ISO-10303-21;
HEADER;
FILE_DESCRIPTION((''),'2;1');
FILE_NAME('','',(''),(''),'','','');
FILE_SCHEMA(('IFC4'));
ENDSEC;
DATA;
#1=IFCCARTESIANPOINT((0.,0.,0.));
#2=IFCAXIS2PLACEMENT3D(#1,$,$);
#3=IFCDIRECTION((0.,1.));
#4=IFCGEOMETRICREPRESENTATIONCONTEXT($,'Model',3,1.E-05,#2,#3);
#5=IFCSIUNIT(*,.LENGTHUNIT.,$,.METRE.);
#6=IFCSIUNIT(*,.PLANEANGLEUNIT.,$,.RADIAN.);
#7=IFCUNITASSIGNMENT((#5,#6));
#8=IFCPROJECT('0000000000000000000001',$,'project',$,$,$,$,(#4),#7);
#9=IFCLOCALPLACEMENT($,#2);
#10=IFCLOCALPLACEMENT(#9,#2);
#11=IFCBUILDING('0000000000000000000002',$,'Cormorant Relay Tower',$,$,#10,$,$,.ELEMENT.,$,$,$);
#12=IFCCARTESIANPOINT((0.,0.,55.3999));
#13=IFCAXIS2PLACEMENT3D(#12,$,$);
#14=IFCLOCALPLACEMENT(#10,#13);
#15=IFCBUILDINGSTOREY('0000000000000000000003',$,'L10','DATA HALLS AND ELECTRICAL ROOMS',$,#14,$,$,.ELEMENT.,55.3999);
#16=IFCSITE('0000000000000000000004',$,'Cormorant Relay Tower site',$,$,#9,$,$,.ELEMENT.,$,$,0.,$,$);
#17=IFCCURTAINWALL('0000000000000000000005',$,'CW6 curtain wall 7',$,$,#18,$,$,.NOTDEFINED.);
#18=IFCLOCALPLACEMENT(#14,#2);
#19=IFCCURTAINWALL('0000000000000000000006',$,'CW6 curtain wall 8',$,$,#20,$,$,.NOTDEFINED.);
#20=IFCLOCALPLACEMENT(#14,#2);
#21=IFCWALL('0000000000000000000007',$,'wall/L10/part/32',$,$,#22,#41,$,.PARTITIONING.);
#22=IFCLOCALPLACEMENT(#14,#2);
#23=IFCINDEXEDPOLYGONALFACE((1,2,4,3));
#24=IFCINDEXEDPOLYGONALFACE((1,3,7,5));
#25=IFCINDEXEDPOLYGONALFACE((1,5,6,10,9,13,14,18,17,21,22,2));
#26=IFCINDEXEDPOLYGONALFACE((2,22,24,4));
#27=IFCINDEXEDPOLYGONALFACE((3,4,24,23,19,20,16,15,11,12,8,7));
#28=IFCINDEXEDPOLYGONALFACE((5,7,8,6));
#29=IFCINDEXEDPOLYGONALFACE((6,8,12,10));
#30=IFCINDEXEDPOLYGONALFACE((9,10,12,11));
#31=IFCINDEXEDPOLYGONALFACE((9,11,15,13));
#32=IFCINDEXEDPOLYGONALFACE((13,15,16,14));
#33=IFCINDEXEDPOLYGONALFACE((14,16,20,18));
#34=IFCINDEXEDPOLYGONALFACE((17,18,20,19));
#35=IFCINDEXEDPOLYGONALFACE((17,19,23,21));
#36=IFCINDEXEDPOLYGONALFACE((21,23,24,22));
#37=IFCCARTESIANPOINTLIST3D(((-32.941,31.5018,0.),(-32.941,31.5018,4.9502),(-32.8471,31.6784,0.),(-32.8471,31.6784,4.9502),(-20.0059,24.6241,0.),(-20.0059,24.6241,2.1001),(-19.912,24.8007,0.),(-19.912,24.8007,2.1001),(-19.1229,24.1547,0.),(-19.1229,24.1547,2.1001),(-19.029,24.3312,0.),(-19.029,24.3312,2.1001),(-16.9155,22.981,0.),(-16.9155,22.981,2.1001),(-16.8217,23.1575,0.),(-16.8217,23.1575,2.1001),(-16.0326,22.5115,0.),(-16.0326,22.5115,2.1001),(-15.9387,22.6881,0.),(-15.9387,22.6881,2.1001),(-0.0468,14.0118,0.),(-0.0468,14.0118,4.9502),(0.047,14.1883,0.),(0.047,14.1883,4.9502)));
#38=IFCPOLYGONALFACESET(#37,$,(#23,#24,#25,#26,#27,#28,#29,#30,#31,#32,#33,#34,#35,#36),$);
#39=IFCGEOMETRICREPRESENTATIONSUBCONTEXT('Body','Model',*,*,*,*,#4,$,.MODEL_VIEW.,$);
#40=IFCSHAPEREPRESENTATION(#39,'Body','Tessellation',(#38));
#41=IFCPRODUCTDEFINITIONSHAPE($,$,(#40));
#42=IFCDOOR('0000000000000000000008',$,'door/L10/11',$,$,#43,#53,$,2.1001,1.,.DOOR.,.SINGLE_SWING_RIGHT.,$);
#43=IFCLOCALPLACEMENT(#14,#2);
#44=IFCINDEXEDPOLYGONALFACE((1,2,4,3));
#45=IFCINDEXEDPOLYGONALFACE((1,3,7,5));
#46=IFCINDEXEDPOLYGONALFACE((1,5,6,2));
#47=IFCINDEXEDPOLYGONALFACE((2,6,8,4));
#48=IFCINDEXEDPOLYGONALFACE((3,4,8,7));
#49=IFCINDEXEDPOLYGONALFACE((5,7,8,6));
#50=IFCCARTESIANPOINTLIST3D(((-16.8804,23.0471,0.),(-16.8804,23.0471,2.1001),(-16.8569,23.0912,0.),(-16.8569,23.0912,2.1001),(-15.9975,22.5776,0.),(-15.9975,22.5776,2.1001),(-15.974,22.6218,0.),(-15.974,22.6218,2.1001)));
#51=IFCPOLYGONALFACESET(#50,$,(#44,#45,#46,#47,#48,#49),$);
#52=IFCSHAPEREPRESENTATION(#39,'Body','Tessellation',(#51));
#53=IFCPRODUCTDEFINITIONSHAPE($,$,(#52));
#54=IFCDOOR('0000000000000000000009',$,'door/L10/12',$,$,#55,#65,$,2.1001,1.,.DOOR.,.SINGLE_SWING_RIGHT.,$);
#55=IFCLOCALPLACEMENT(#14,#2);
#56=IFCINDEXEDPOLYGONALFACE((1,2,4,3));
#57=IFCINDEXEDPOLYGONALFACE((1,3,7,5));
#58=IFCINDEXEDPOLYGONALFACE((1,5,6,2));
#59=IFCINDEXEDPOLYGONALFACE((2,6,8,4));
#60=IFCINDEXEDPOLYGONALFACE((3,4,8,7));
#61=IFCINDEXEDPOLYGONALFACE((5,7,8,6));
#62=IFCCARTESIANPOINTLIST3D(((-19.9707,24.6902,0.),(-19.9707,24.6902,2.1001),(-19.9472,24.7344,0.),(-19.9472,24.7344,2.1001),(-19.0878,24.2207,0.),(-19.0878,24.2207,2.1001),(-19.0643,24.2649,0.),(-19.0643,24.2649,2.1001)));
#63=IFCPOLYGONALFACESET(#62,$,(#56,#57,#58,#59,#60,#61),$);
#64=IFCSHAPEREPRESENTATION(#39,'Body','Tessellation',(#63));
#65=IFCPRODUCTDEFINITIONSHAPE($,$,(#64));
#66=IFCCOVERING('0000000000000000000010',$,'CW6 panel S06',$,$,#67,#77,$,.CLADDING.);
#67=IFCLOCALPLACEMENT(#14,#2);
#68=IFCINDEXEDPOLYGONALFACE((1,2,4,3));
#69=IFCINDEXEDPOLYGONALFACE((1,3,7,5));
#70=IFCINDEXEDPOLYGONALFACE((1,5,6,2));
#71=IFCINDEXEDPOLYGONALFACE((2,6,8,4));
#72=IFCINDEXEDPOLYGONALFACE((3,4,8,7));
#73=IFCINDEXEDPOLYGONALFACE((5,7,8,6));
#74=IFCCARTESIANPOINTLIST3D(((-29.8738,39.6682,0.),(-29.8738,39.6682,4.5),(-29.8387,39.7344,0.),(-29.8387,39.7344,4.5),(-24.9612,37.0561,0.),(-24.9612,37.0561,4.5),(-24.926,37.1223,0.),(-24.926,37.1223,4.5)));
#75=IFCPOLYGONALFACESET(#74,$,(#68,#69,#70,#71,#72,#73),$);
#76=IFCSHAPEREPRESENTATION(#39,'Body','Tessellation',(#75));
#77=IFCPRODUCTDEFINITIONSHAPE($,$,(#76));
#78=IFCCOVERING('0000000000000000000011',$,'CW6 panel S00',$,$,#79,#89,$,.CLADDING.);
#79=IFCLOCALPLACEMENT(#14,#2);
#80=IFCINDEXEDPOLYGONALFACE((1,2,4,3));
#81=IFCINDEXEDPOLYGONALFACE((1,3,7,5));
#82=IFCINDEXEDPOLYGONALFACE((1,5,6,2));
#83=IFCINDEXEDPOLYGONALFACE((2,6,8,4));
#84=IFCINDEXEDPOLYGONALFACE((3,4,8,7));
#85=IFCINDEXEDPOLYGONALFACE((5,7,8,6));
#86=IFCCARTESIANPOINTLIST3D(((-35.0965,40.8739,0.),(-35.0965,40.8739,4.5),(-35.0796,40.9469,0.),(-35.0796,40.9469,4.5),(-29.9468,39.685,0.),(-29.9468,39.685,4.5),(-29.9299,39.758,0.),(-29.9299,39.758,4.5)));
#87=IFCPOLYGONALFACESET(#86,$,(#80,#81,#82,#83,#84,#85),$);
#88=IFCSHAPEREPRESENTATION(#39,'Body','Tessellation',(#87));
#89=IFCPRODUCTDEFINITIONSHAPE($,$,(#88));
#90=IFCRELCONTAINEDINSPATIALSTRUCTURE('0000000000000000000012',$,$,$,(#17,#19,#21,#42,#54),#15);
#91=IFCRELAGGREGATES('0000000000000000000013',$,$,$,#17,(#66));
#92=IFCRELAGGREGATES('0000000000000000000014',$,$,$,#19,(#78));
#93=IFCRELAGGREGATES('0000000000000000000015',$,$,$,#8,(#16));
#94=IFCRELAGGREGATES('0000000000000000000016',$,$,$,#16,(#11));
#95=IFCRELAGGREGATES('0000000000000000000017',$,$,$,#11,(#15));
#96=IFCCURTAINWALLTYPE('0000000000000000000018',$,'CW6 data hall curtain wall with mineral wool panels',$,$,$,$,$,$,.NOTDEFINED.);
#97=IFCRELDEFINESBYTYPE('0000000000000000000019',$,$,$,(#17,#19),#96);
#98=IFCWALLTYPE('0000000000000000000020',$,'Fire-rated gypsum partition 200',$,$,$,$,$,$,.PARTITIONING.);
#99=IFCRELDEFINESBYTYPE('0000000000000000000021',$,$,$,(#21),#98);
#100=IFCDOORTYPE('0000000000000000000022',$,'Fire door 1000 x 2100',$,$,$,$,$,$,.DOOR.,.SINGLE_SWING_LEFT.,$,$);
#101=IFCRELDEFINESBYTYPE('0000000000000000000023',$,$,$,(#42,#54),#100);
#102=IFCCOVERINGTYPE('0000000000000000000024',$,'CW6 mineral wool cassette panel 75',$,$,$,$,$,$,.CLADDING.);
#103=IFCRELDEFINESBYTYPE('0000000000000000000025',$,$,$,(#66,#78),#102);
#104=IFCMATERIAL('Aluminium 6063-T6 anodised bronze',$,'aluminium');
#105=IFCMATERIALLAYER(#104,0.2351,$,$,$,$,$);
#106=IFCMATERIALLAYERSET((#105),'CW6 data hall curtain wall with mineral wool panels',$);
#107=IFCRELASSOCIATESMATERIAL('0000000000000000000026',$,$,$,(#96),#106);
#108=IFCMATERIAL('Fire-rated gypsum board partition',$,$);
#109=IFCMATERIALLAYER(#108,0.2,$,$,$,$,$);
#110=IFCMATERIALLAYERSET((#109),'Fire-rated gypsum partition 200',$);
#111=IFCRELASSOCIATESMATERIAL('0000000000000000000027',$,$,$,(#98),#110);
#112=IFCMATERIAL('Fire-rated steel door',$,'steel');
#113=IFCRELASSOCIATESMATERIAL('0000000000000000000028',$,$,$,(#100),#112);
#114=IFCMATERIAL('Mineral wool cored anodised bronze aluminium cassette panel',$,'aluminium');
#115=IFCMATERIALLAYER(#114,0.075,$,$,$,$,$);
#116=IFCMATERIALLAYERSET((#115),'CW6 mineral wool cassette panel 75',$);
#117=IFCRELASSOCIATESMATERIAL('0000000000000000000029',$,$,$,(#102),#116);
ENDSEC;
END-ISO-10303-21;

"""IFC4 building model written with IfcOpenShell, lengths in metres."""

from ifc_helpers import new_model, si_unit, direction, frame, frame_2d, origin, origin_2d, place, context, subcontext, project, spatial, rectangle, extrude, material, layer, layer_set, type_object, element, fill, aggregate, save


model = new_model("IFC4")

# Units and contexts
model_context = context("Model", 3, precision=1e-05, world=origin(), true_north=direction((0.0, 1.0)))
body_context = subcontext(model_context, "Body", "Model", "MODEL_VIEW")
ifc_project = project(units=[si_unit("LENGTHUNIT", "METRE"), si_unit("PLANEANGLEUNIT", "RADIAN")], contexts=[model_context])

# Site, building, storey
site_placement = place(None, origin())
site = spatial("IfcSite", under=ifc_project, at=site_placement, Name="Cormorant Relay Tower site", CompositionType="ELEMENT", RefElevation=0.0)
building_placement = place(site_placement, origin())
building = spatial("IfcBuilding", under=site, at=building_placement, Name="Cormorant Relay Tower", CompositionType="ELEMENT")
storey_placement = place(building_placement, frame((0.0, 0.0, 55.3999)))
storey = spatial("IfcBuildingStorey", under=building, at=storey_placement, Name="L10", Description="DATA HALLS AND ELECTRICAL ROOMS", CompositionType="ELEMENT", Elevation=55.3999)

# Curtain wall
ifc_material_1 = material(Name="Aluminium 6063-T6 anodised bronze", Category="aluminium")
ifc_layer_1 = layer(ifc_material_1, 0.2351)
ifc_layer_set_1 = layer_set([ifc_layer_1], Name="CW6 data hall curtain wall with mineral wool panels")
curtain_wall_type = type_object("IfcCurtainWallType", Name="CW6 data hall curtain wall with mineral wool panels", PredefinedType="NOTDEFINED", material=ifc_layer_set_1)
curtain_wall_1_placement = place(storey_placement, origin())
curtain_wall_1 = element("IfcCurtainWall", 1, at=curtain_wall_1_placement, inside=storey, type_object=curtain_wall_type, Name="CW6 curtain wall 7", PredefinedType="NOTDEFINED")

# Curtain wall
curtain_wall_2_placement = place(storey_placement, origin())
curtain_wall_2 = element("IfcCurtainWall", 2, at=curtain_wall_2_placement, inside=storey, type_object=curtain_wall_type, Name="CW6 curtain wall 8", PredefinedType="NOTDEFINED")

# Shared definitions
ifc_material_2 = material(Name="Fire-rated gypsum board partition")
ifc_layer_2 = layer(ifc_material_2, 0.2)
ifc_layer_set_2 = layer_set([ifc_layer_2], Name="Fire-rated gypsum partition 200")
wall_type = type_object("IfcWallType", Name="Fire-rated gypsum partition 200", PredefinedType="PARTITIONING", material=ifc_layer_set_2)

# Shared definitions
ifc_material_3 = material(Name="Fire-rated steel door", Category="steel")
door_type = type_object("IfcDoorType", Name="Fire door 1000 x 2100", OperationType="SINGLE_SWING_LEFT", PredefinedType="DOOR", material=ifc_material_3)

# Wall, openings, doors
wall_1_placement = place(storey_placement, frame((-32.894, 31.5901, 0.0), z_axis=(0.0, 0.0, 1.0), x_axis=(0.882949, -0.46947, 0.0)))
wall_1 = element("IfcWall", 3, at=wall_1_placement, inside=storey, type_object=wall_type, Name="wall/L10/part/32", PredefinedType="PARTITIONING", context=body_context, shape_type="SweptSolid", body=[
    extrude(rectangle(XDim=37.2549, YDim=0.2, at=frame_2d((18.6274, 0.0))), origin(), (0.0, 0.0, 1.0), 4.9502),
])
opening_1_placement = place(wall_1_placement, frame((18.1499, 0.0, 0.0)))
opening_1 = element("IfcOpeningElement", 4, at=opening_1_placement, cuts=wall_1, PredefinedType="OPENING", context=body_context, shape_type="SweptSolid", body=[
    extrude(rectangle(XDim=1.0, YDim=2.1001, at=frame_2d((0.5, 1.05))), frame((0.0, 0.1099, 0.0), z_axis=(0.0, -1.0, 0.0), x_axis=(1.0, 0.0, 0.0)), (0.0, 0.0, 1.0), 0.22),
])
opening_2_placement = place(wall_1_placement, frame((14.6499, 0.0, 0.0)))
opening_2 = element("IfcOpeningElement", 5, at=opening_2_placement, cuts=wall_1, PredefinedType="OPENING", context=body_context, shape_type="SweptSolid", body=[
    extrude(rectangle(XDim=1.0, YDim=2.1001, at=frame_2d((0.5, 1.05))), frame((0.0, 0.1099, 0.0), z_axis=(0.0, -1.0, 0.0), x_axis=(1.0, 0.0, 0.0)), (0.0, 0.0, 1.0), 0.22),
])
door_1_placement = place(opening_1_placement, origin())
door_1 = element("IfcDoor", 6, at=door_1_placement, inside=storey, type_object=door_type, Name="door/L10/11", OperationType="SINGLE_SWING_RIGHT", OverallHeight=2.1001, OverallWidth=1.0, PredefinedType="DOOR", context=body_context, shape_type="SweptSolid", body=[
    extrude(rectangle(XDim=1.0, YDim=2.1001, at=frame_2d((0.5, 1.05))), frame((0.0, 0.0249, 0.0), z_axis=(0.0, -1.0, 0.0), x_axis=(1.0, 0.0, 0.0)), (0.0, 0.0, 1.0), 0.05),
])
fill(opening_1, door_1)
door_2_placement = place(opening_2_placement, origin())
door_2 = element("IfcDoor", 7, at=door_2_placement, inside=storey, type_object=door_type, Name="door/L10/12", OperationType="SINGLE_SWING_RIGHT", OverallHeight=2.1001, OverallWidth=1.0, PredefinedType="DOOR", context=body_context, shape_type="SweptSolid", body=[
    extrude(rectangle(XDim=1.0, YDim=2.1001, at=frame_2d((0.5, 1.05))), frame((0.0, 0.0249, 0.0), z_axis=(0.0, -1.0, 0.0), x_axis=(1.0, 0.0, 0.0)), (0.0, 0.0, 1.0), 0.05),
])
fill(opening_2, door_2)

# Coverings
ifc_material_4 = material(Name="Mineral wool cored anodised bronze aluminium cassette panel", Category="aluminium")
ifc_layer_3 = layer(ifc_material_4, 0.075)
ifc_layer_set_3 = layer_set([ifc_layer_3], Name="CW6 mineral wool cassette panel 75")
covering_type = type_object("IfcCoveringType", Name="CW6 mineral wool cassette panel 75", PredefinedType="CLADDING", material=ifc_layer_set_3)
covering_1_placement = place(storey_placement, frame((-27.3999, 38.3953, 0.0), z_axis=(0.0, 0.0, 1.0), x_axis=(-0.882948, 0.469472, 0.0)))
covering_1 = element("IfcCovering", 8, at=covering_1_placement, type_object=covering_type, Name="CW6 panel S06", PredefinedType="CLADDING", context=body_context, shape_type="SweptSolid", body=[
    extrude(rectangle(XDim=5.564, YDim=0.075, at=origin_2d()), origin(), (0.0, 0.0, 1.0), 4.5),
])
aggregate(curtain_wall_1, [covering_1])
covering_2_placement = place(storey_placement, frame((-32.5132, 40.3159, 0.0), z_axis=(0.0, 0.0, 1.0), x_axis=(-0.97437, 0.224951, 0.0)))
covering_2 = element("IfcCovering", 9, at=covering_2_placement, type_object=covering_type, Name="CW6 panel S00", PredefinedType="CLADDING", context=body_context, shape_type="SweptSolid", body=[
    extrude(rectangle(XDim=5.2852, YDim=0.075, at=origin_2d()), origin(), (0.0, 0.0, 1.0), 4.5),
])
aggregate(curtain_wall_2, [covering_2])

save(model, "model.ifc")
